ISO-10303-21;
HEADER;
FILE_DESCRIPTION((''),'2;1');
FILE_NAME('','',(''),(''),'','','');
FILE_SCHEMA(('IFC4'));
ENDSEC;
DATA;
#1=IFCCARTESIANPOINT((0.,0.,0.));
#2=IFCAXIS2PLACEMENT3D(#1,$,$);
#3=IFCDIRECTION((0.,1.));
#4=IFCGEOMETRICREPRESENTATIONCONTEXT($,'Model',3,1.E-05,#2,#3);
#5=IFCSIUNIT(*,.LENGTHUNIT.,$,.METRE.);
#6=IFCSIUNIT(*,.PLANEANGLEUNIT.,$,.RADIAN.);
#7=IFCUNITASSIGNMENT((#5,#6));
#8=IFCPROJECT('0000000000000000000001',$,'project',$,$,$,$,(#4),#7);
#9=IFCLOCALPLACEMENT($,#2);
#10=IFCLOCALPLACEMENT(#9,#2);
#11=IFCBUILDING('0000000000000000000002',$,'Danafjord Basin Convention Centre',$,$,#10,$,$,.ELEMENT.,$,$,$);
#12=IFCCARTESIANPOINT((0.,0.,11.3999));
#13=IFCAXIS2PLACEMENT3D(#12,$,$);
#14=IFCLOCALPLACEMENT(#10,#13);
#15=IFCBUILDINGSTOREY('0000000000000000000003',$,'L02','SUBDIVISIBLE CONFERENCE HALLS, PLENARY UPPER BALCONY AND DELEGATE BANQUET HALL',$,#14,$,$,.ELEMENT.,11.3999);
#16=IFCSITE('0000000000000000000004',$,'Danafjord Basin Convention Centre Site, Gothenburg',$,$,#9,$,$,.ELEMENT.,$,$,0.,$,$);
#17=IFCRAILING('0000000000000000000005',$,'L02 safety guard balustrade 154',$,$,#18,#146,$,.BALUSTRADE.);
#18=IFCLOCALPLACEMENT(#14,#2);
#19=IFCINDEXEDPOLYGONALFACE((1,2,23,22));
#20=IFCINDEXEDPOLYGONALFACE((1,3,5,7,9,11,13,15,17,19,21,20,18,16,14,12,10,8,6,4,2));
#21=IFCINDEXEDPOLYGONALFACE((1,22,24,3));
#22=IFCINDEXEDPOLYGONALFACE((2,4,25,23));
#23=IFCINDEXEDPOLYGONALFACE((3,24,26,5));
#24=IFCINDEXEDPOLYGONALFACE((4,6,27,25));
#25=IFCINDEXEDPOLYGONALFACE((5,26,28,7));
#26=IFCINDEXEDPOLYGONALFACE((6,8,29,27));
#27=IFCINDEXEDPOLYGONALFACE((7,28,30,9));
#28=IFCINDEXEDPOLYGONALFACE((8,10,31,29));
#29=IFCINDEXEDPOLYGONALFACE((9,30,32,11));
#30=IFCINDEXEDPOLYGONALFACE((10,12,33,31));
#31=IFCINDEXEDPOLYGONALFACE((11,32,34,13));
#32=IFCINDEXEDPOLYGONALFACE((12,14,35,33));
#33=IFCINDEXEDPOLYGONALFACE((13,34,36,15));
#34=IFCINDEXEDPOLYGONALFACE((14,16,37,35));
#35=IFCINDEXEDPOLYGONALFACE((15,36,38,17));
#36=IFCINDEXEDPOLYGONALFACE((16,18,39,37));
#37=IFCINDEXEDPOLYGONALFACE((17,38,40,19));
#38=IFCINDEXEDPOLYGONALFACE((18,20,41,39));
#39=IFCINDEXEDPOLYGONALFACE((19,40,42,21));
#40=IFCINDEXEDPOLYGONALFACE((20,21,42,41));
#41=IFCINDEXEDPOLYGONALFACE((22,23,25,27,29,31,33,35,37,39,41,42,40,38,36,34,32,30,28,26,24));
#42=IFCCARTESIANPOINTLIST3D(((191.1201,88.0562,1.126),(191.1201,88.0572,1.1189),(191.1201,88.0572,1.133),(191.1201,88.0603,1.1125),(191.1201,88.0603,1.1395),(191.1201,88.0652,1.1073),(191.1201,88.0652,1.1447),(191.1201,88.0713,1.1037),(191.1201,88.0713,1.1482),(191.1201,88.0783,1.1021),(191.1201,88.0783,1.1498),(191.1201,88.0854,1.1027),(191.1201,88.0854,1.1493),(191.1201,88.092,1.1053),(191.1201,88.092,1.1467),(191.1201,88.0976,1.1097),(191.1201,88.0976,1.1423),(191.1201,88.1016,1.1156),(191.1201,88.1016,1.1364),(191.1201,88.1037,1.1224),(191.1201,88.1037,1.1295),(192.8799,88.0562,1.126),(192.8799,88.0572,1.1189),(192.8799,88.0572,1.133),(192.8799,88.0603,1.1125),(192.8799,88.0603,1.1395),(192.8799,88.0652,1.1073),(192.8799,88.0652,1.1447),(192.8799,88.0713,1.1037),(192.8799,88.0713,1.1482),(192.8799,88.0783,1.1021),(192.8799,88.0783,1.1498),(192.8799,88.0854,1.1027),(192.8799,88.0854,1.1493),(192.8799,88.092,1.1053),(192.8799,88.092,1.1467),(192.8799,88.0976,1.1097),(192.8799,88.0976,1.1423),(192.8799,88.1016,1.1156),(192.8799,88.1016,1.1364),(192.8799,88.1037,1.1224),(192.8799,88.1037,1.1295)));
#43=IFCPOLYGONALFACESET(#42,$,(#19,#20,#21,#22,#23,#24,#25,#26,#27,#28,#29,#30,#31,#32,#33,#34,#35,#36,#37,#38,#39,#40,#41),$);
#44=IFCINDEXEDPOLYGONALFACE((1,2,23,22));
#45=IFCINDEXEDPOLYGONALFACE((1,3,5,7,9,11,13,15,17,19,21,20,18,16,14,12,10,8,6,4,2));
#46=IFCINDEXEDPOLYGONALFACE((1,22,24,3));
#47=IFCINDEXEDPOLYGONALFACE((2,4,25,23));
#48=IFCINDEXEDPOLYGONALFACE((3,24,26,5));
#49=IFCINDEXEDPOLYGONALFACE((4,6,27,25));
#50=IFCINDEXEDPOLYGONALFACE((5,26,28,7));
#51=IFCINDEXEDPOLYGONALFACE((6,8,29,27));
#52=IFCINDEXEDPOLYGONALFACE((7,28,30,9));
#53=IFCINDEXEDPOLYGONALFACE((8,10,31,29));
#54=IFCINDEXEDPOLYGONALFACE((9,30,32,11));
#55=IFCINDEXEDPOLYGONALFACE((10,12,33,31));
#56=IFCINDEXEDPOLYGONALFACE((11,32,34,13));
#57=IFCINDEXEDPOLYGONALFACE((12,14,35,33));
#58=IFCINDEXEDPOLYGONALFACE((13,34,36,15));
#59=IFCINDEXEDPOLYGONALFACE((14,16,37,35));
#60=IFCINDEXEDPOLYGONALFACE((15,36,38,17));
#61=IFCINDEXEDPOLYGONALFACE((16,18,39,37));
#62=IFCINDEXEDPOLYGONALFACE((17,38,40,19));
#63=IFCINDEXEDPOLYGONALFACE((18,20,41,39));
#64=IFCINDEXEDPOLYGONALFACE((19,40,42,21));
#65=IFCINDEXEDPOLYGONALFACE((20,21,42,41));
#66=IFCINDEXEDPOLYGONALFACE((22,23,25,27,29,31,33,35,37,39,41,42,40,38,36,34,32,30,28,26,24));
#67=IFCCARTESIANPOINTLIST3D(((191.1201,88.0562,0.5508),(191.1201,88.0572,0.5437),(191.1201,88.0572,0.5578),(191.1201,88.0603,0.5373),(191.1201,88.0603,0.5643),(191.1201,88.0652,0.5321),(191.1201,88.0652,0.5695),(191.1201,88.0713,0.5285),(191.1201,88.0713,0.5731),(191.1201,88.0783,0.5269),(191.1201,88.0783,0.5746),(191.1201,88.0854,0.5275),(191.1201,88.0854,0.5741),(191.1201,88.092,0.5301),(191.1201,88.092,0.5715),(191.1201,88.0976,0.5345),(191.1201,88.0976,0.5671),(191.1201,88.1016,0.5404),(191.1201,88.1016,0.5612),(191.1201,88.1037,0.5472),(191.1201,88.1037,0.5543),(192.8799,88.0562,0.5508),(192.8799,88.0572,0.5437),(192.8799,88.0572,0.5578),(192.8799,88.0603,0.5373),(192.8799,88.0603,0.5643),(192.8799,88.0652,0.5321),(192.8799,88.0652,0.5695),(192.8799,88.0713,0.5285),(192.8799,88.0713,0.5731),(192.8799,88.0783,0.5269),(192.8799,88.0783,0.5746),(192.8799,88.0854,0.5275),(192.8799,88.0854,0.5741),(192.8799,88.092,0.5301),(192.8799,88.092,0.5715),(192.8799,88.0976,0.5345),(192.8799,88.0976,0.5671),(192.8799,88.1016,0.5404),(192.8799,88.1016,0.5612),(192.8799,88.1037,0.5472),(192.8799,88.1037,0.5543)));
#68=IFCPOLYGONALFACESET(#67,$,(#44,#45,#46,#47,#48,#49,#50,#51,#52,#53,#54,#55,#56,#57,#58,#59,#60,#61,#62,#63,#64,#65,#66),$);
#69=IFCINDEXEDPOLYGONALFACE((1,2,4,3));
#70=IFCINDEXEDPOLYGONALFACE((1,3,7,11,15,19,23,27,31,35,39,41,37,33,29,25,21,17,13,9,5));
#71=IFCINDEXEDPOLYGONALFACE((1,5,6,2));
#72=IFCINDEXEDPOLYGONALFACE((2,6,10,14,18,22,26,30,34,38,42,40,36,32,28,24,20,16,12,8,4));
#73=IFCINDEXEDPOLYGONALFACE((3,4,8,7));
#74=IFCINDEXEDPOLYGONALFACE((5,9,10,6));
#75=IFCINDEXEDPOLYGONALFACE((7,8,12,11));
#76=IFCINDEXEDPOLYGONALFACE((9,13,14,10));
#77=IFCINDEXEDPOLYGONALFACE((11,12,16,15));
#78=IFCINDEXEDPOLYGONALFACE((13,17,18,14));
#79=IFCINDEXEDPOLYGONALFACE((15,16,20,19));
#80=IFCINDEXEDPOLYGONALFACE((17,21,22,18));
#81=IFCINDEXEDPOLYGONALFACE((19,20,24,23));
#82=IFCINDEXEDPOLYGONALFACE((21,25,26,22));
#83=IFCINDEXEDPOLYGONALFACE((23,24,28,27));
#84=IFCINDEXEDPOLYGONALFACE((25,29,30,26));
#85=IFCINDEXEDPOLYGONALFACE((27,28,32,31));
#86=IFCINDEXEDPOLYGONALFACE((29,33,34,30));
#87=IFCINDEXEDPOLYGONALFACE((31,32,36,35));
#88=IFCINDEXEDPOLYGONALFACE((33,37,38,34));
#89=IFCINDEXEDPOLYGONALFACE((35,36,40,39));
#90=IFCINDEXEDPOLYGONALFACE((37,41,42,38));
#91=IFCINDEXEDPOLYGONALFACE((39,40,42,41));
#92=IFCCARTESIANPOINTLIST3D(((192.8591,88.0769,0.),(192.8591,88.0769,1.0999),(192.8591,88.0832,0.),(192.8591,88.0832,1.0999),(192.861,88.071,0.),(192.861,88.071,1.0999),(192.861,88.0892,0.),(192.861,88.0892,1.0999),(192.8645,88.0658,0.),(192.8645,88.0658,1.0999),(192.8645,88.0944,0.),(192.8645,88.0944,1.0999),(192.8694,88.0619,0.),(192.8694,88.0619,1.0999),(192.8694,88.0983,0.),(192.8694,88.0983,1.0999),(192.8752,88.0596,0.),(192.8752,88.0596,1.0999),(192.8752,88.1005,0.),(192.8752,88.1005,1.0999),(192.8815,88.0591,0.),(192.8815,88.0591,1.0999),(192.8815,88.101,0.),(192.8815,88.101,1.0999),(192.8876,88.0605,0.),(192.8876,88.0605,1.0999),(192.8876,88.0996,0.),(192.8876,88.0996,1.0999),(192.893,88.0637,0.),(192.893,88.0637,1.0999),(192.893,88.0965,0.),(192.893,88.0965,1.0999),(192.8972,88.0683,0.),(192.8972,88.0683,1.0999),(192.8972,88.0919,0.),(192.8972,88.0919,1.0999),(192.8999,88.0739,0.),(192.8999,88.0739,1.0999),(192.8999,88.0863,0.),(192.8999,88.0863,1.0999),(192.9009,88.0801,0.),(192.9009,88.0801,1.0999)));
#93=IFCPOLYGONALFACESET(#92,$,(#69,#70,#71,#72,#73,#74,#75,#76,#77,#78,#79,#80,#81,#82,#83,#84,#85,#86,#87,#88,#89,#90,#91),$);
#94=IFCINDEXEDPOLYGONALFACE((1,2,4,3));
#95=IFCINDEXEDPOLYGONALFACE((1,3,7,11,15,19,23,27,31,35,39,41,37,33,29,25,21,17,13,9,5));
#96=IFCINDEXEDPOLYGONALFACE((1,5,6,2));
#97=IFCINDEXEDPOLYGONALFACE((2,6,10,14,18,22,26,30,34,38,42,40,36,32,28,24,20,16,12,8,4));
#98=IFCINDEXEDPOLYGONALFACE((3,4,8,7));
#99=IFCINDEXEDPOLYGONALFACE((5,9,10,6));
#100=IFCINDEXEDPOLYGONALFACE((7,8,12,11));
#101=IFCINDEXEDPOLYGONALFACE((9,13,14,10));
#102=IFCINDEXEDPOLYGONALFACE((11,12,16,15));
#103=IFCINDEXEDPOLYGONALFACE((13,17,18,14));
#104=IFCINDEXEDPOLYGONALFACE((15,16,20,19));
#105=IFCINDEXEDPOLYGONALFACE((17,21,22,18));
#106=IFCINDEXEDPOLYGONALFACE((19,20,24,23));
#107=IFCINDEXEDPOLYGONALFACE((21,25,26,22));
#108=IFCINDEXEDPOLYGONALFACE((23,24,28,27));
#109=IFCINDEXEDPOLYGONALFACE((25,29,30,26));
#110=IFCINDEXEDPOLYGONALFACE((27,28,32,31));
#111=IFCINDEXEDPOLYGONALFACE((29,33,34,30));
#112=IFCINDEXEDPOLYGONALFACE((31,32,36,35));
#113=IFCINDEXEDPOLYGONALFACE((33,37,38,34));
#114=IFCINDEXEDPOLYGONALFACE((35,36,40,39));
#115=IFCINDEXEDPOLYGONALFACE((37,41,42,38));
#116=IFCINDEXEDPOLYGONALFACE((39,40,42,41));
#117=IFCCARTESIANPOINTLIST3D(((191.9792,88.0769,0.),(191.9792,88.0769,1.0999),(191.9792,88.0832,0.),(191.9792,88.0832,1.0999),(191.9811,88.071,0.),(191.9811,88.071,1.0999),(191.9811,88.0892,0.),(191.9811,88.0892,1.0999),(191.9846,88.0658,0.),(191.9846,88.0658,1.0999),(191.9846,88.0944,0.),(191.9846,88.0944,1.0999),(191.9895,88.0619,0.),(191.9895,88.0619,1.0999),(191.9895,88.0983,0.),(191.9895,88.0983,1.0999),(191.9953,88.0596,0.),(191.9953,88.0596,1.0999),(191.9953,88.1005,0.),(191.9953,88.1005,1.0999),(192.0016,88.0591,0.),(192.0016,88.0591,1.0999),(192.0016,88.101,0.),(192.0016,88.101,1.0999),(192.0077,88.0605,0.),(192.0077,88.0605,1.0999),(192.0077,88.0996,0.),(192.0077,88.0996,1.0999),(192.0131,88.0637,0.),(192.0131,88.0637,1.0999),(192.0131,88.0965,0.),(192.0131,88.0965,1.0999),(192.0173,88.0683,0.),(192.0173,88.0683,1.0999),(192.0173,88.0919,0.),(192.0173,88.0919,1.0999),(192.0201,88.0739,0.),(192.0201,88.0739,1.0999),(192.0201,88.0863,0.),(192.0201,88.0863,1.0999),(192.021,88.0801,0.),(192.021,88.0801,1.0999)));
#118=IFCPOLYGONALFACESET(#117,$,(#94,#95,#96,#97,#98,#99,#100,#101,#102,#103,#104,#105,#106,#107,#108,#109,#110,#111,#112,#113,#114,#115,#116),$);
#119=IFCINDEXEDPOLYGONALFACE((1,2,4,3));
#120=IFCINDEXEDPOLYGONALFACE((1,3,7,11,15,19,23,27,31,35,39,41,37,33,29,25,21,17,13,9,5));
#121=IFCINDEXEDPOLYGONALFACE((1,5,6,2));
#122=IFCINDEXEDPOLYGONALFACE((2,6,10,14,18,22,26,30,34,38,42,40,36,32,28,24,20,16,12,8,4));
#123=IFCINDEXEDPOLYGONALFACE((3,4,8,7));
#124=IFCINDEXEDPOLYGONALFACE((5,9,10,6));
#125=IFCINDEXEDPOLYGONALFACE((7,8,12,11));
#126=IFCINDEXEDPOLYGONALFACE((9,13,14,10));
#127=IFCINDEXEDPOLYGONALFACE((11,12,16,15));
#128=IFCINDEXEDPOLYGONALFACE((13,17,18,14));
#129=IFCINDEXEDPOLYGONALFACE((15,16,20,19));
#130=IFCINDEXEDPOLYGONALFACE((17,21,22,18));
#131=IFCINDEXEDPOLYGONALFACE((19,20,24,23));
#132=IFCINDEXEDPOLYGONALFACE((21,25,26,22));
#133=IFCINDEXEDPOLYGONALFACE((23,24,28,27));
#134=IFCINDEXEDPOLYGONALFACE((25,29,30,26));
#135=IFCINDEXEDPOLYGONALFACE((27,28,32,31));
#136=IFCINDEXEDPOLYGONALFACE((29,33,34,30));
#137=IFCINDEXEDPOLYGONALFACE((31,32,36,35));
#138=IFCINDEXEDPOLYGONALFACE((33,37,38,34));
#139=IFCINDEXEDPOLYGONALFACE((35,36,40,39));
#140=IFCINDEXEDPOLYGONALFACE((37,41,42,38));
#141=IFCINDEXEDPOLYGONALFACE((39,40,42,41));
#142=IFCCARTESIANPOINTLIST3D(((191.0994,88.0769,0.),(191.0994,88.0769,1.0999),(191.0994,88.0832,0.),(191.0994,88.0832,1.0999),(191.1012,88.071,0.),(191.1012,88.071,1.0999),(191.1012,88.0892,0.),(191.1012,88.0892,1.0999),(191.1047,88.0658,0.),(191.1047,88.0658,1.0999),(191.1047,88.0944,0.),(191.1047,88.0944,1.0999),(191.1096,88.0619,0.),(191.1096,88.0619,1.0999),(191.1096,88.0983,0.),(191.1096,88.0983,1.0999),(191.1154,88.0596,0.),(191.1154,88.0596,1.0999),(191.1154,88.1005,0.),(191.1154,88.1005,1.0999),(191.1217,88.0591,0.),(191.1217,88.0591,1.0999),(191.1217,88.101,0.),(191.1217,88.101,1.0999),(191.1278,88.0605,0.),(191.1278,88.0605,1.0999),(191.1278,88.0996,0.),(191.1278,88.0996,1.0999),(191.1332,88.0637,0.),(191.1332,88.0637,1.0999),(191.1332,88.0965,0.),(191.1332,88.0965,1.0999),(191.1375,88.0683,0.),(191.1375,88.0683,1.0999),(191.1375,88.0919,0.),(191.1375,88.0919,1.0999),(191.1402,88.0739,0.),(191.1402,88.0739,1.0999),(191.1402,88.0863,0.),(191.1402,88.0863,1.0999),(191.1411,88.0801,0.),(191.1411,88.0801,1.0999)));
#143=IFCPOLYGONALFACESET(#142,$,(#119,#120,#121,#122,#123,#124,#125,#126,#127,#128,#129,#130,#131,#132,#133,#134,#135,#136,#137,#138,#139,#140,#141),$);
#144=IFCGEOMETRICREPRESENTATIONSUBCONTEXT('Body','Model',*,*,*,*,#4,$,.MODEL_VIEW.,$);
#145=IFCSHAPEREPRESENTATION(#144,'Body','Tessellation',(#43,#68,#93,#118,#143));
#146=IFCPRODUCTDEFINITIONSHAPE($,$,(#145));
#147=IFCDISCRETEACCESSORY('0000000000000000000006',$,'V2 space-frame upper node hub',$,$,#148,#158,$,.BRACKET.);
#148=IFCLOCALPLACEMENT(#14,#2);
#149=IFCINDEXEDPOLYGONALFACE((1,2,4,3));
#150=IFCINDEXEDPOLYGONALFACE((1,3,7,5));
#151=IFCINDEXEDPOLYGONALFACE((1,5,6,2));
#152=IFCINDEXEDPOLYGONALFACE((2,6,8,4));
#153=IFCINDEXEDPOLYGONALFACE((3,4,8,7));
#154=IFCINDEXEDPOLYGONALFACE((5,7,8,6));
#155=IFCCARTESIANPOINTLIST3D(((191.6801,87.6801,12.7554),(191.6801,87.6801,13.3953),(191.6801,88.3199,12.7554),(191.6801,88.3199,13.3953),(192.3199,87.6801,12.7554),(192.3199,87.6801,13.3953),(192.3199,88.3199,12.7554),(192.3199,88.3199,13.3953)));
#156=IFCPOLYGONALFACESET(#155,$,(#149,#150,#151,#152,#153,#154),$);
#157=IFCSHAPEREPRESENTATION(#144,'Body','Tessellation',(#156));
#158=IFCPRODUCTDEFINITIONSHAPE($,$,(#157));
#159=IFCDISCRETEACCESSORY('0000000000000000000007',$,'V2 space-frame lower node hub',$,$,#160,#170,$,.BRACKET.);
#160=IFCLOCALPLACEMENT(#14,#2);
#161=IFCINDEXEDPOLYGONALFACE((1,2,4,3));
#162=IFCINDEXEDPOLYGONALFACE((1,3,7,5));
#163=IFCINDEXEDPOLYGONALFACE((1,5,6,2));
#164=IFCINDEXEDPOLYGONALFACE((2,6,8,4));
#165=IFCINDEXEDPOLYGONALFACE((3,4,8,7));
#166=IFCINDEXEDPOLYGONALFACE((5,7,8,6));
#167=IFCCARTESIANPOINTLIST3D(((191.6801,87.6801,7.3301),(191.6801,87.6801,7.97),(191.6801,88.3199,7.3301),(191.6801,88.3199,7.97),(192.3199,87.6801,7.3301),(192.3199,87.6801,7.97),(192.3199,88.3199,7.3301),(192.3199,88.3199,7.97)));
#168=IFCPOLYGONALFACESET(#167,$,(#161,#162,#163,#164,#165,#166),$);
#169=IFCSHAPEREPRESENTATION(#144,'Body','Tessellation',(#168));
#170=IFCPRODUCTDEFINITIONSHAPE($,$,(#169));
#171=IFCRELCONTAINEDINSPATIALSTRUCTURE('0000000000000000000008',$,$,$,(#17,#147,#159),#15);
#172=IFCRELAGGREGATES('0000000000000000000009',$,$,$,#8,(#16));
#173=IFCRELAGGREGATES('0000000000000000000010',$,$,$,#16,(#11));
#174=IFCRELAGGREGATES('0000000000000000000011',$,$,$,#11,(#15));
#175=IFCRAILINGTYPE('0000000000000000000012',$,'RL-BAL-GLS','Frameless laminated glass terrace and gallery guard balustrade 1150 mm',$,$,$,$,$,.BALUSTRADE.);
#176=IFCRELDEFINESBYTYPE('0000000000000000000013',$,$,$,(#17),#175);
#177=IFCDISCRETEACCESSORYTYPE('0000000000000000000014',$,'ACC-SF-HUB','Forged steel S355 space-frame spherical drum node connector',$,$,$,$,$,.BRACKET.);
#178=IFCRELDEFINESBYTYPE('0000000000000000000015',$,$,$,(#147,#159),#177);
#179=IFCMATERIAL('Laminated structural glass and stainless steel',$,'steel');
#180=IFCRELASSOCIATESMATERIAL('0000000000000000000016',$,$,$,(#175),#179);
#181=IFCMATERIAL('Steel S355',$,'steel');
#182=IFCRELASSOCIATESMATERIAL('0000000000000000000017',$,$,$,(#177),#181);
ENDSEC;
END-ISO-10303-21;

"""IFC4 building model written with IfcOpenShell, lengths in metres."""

from ifc_helpers import new_model, si_unit, direction, frame, origin, origin_2d, place, context, subcontext, project, spatial, rectangle, circle, extrude, material, type_object, element, save


model = new_model("IFC4")

# Units and contexts
model_context = context("Model", 3, precision=1e-05, world=origin(), true_north=direction((0.0, 1.0)))
body_context = subcontext(model_context, "Body", "Model", "MODEL_VIEW")
ifc_project = project(units=[si_unit("LENGTHUNIT", "METRE"), si_unit("PLANEANGLEUNIT", "RADIAN")], contexts=[model_context])

# Site, building, storey
site_placement = place(None, origin())
site = spatial("IfcSite", under=ifc_project, at=site_placement, Name="Danafjord Basin Convention Centre Site, Gothenburg", CompositionType="ELEMENT", RefElevation=0.0)
building_placement = place(site_placement, origin())
building = spatial("IfcBuilding", under=site, at=building_placement, Name="Danafjord Basin Convention Centre", CompositionType="ELEMENT")
storey_placement = place(building_placement, frame((0.0, 0.0, 11.3999)))
storey = spatial("IfcBuildingStorey", under=building, at=storey_placement, Name="L02", Description="SUBDIVISIBLE CONFERENCE HALLS, PLENARY UPPER BALCONY AND DELEGATE BANQUET HALL", CompositionType="ELEMENT", Elevation=11.3999)

# Shared definitions
ifc_material_1 = material(Name="Steel S355", Category="steel")

# Railing
ifc_material_2 = material(Name="Laminated structural glass and stainless steel", Category="steel")
railing_type = type_object("IfcRailingType", Name="RL-BAL-GLS", Description="Frameless laminated glass terrace and gallery guard balustrade 1150 mm", PredefinedType="BALUSTRADE", material=ifc_material_2)
railing_placement = place(storey_placement, frame((192.8799, 88.0801, 0.0)))
element("IfcRailing", 1, at=railing_placement, inside=storey, type_object=railing_type, Name="L02 safety guard balustrade 154", PredefinedType="BALUSTRADE", context=body_context, shape_type="SweptSolid", body=[
    extrude(circle(Radius=0.0239, at=origin_2d()), frame((0.0, 0.0, 1.126), z_axis=(-1.0, 0.0, 0.0), x_axis=(0.0, -1.0, 0.0)), (0.0, 0.0, 1.0), 1.7598),
    extrude(circle(Radius=0.0239, at=origin_2d()), frame((0.0, 0.0, 0.5508), z_axis=(-1.0, 0.0, 0.0), x_axis=(0.0, -1.0, 0.0)), (0.0, 0.0, 1.0), 1.7598),
    extrude(circle(Radius=0.021, at=origin_2d()), origin(), (0.0, 0.0, 1.0), 1.0999),
    extrude(circle(Radius=0.021, at=origin_2d()), frame((-0.8799, 0.0, 0.0)), (0.0, 0.0, 1.0), 1.0999),
    extrude(circle(Radius=0.021, at=origin_2d()), frame((-1.7598, 0.0, 0.0)), (0.0, 0.0, 1.0), 1.0999),
])

# Discrete accessories
discrete_accessory_type = type_object("IfcDiscreteAccessoryType", Name="ACC-SF-HUB", Description="Forged steel S355 space-frame spherical drum node connector", PredefinedType="BRACKET", material=ifc_material_1)
for number, where, z_axis, x_axis, name in (
    (2, (192.0, 88.0, 12.7554), (0.0, 0.0, 1.0), (1.0, 0.0, 0.0), "V2 space-frame upper node hub"),
    (3, (192.0, 88.0, 7.3301), (0.0, 0.0, 1.0), (1.0, 0.0, 0.0), "V2 space-frame lower node hub"),
):
    element("IfcDiscreteAccessory", number, at=place(storey_placement, frame(where, z_axis=z_axis, x_axis=x_axis)), inside=storey, type_object=discrete_accessory_type, Name=name, PredefinedType="BRACKET", context=body_context, shape_type="SweptSolid", body=[
        extrude(rectangle(XDim=0.6399, YDim=0.6399, at=origin_2d()), origin(), (0.0, 0.0, 1.0), 0.6399),
    ])

save(model, "model.ifc")
